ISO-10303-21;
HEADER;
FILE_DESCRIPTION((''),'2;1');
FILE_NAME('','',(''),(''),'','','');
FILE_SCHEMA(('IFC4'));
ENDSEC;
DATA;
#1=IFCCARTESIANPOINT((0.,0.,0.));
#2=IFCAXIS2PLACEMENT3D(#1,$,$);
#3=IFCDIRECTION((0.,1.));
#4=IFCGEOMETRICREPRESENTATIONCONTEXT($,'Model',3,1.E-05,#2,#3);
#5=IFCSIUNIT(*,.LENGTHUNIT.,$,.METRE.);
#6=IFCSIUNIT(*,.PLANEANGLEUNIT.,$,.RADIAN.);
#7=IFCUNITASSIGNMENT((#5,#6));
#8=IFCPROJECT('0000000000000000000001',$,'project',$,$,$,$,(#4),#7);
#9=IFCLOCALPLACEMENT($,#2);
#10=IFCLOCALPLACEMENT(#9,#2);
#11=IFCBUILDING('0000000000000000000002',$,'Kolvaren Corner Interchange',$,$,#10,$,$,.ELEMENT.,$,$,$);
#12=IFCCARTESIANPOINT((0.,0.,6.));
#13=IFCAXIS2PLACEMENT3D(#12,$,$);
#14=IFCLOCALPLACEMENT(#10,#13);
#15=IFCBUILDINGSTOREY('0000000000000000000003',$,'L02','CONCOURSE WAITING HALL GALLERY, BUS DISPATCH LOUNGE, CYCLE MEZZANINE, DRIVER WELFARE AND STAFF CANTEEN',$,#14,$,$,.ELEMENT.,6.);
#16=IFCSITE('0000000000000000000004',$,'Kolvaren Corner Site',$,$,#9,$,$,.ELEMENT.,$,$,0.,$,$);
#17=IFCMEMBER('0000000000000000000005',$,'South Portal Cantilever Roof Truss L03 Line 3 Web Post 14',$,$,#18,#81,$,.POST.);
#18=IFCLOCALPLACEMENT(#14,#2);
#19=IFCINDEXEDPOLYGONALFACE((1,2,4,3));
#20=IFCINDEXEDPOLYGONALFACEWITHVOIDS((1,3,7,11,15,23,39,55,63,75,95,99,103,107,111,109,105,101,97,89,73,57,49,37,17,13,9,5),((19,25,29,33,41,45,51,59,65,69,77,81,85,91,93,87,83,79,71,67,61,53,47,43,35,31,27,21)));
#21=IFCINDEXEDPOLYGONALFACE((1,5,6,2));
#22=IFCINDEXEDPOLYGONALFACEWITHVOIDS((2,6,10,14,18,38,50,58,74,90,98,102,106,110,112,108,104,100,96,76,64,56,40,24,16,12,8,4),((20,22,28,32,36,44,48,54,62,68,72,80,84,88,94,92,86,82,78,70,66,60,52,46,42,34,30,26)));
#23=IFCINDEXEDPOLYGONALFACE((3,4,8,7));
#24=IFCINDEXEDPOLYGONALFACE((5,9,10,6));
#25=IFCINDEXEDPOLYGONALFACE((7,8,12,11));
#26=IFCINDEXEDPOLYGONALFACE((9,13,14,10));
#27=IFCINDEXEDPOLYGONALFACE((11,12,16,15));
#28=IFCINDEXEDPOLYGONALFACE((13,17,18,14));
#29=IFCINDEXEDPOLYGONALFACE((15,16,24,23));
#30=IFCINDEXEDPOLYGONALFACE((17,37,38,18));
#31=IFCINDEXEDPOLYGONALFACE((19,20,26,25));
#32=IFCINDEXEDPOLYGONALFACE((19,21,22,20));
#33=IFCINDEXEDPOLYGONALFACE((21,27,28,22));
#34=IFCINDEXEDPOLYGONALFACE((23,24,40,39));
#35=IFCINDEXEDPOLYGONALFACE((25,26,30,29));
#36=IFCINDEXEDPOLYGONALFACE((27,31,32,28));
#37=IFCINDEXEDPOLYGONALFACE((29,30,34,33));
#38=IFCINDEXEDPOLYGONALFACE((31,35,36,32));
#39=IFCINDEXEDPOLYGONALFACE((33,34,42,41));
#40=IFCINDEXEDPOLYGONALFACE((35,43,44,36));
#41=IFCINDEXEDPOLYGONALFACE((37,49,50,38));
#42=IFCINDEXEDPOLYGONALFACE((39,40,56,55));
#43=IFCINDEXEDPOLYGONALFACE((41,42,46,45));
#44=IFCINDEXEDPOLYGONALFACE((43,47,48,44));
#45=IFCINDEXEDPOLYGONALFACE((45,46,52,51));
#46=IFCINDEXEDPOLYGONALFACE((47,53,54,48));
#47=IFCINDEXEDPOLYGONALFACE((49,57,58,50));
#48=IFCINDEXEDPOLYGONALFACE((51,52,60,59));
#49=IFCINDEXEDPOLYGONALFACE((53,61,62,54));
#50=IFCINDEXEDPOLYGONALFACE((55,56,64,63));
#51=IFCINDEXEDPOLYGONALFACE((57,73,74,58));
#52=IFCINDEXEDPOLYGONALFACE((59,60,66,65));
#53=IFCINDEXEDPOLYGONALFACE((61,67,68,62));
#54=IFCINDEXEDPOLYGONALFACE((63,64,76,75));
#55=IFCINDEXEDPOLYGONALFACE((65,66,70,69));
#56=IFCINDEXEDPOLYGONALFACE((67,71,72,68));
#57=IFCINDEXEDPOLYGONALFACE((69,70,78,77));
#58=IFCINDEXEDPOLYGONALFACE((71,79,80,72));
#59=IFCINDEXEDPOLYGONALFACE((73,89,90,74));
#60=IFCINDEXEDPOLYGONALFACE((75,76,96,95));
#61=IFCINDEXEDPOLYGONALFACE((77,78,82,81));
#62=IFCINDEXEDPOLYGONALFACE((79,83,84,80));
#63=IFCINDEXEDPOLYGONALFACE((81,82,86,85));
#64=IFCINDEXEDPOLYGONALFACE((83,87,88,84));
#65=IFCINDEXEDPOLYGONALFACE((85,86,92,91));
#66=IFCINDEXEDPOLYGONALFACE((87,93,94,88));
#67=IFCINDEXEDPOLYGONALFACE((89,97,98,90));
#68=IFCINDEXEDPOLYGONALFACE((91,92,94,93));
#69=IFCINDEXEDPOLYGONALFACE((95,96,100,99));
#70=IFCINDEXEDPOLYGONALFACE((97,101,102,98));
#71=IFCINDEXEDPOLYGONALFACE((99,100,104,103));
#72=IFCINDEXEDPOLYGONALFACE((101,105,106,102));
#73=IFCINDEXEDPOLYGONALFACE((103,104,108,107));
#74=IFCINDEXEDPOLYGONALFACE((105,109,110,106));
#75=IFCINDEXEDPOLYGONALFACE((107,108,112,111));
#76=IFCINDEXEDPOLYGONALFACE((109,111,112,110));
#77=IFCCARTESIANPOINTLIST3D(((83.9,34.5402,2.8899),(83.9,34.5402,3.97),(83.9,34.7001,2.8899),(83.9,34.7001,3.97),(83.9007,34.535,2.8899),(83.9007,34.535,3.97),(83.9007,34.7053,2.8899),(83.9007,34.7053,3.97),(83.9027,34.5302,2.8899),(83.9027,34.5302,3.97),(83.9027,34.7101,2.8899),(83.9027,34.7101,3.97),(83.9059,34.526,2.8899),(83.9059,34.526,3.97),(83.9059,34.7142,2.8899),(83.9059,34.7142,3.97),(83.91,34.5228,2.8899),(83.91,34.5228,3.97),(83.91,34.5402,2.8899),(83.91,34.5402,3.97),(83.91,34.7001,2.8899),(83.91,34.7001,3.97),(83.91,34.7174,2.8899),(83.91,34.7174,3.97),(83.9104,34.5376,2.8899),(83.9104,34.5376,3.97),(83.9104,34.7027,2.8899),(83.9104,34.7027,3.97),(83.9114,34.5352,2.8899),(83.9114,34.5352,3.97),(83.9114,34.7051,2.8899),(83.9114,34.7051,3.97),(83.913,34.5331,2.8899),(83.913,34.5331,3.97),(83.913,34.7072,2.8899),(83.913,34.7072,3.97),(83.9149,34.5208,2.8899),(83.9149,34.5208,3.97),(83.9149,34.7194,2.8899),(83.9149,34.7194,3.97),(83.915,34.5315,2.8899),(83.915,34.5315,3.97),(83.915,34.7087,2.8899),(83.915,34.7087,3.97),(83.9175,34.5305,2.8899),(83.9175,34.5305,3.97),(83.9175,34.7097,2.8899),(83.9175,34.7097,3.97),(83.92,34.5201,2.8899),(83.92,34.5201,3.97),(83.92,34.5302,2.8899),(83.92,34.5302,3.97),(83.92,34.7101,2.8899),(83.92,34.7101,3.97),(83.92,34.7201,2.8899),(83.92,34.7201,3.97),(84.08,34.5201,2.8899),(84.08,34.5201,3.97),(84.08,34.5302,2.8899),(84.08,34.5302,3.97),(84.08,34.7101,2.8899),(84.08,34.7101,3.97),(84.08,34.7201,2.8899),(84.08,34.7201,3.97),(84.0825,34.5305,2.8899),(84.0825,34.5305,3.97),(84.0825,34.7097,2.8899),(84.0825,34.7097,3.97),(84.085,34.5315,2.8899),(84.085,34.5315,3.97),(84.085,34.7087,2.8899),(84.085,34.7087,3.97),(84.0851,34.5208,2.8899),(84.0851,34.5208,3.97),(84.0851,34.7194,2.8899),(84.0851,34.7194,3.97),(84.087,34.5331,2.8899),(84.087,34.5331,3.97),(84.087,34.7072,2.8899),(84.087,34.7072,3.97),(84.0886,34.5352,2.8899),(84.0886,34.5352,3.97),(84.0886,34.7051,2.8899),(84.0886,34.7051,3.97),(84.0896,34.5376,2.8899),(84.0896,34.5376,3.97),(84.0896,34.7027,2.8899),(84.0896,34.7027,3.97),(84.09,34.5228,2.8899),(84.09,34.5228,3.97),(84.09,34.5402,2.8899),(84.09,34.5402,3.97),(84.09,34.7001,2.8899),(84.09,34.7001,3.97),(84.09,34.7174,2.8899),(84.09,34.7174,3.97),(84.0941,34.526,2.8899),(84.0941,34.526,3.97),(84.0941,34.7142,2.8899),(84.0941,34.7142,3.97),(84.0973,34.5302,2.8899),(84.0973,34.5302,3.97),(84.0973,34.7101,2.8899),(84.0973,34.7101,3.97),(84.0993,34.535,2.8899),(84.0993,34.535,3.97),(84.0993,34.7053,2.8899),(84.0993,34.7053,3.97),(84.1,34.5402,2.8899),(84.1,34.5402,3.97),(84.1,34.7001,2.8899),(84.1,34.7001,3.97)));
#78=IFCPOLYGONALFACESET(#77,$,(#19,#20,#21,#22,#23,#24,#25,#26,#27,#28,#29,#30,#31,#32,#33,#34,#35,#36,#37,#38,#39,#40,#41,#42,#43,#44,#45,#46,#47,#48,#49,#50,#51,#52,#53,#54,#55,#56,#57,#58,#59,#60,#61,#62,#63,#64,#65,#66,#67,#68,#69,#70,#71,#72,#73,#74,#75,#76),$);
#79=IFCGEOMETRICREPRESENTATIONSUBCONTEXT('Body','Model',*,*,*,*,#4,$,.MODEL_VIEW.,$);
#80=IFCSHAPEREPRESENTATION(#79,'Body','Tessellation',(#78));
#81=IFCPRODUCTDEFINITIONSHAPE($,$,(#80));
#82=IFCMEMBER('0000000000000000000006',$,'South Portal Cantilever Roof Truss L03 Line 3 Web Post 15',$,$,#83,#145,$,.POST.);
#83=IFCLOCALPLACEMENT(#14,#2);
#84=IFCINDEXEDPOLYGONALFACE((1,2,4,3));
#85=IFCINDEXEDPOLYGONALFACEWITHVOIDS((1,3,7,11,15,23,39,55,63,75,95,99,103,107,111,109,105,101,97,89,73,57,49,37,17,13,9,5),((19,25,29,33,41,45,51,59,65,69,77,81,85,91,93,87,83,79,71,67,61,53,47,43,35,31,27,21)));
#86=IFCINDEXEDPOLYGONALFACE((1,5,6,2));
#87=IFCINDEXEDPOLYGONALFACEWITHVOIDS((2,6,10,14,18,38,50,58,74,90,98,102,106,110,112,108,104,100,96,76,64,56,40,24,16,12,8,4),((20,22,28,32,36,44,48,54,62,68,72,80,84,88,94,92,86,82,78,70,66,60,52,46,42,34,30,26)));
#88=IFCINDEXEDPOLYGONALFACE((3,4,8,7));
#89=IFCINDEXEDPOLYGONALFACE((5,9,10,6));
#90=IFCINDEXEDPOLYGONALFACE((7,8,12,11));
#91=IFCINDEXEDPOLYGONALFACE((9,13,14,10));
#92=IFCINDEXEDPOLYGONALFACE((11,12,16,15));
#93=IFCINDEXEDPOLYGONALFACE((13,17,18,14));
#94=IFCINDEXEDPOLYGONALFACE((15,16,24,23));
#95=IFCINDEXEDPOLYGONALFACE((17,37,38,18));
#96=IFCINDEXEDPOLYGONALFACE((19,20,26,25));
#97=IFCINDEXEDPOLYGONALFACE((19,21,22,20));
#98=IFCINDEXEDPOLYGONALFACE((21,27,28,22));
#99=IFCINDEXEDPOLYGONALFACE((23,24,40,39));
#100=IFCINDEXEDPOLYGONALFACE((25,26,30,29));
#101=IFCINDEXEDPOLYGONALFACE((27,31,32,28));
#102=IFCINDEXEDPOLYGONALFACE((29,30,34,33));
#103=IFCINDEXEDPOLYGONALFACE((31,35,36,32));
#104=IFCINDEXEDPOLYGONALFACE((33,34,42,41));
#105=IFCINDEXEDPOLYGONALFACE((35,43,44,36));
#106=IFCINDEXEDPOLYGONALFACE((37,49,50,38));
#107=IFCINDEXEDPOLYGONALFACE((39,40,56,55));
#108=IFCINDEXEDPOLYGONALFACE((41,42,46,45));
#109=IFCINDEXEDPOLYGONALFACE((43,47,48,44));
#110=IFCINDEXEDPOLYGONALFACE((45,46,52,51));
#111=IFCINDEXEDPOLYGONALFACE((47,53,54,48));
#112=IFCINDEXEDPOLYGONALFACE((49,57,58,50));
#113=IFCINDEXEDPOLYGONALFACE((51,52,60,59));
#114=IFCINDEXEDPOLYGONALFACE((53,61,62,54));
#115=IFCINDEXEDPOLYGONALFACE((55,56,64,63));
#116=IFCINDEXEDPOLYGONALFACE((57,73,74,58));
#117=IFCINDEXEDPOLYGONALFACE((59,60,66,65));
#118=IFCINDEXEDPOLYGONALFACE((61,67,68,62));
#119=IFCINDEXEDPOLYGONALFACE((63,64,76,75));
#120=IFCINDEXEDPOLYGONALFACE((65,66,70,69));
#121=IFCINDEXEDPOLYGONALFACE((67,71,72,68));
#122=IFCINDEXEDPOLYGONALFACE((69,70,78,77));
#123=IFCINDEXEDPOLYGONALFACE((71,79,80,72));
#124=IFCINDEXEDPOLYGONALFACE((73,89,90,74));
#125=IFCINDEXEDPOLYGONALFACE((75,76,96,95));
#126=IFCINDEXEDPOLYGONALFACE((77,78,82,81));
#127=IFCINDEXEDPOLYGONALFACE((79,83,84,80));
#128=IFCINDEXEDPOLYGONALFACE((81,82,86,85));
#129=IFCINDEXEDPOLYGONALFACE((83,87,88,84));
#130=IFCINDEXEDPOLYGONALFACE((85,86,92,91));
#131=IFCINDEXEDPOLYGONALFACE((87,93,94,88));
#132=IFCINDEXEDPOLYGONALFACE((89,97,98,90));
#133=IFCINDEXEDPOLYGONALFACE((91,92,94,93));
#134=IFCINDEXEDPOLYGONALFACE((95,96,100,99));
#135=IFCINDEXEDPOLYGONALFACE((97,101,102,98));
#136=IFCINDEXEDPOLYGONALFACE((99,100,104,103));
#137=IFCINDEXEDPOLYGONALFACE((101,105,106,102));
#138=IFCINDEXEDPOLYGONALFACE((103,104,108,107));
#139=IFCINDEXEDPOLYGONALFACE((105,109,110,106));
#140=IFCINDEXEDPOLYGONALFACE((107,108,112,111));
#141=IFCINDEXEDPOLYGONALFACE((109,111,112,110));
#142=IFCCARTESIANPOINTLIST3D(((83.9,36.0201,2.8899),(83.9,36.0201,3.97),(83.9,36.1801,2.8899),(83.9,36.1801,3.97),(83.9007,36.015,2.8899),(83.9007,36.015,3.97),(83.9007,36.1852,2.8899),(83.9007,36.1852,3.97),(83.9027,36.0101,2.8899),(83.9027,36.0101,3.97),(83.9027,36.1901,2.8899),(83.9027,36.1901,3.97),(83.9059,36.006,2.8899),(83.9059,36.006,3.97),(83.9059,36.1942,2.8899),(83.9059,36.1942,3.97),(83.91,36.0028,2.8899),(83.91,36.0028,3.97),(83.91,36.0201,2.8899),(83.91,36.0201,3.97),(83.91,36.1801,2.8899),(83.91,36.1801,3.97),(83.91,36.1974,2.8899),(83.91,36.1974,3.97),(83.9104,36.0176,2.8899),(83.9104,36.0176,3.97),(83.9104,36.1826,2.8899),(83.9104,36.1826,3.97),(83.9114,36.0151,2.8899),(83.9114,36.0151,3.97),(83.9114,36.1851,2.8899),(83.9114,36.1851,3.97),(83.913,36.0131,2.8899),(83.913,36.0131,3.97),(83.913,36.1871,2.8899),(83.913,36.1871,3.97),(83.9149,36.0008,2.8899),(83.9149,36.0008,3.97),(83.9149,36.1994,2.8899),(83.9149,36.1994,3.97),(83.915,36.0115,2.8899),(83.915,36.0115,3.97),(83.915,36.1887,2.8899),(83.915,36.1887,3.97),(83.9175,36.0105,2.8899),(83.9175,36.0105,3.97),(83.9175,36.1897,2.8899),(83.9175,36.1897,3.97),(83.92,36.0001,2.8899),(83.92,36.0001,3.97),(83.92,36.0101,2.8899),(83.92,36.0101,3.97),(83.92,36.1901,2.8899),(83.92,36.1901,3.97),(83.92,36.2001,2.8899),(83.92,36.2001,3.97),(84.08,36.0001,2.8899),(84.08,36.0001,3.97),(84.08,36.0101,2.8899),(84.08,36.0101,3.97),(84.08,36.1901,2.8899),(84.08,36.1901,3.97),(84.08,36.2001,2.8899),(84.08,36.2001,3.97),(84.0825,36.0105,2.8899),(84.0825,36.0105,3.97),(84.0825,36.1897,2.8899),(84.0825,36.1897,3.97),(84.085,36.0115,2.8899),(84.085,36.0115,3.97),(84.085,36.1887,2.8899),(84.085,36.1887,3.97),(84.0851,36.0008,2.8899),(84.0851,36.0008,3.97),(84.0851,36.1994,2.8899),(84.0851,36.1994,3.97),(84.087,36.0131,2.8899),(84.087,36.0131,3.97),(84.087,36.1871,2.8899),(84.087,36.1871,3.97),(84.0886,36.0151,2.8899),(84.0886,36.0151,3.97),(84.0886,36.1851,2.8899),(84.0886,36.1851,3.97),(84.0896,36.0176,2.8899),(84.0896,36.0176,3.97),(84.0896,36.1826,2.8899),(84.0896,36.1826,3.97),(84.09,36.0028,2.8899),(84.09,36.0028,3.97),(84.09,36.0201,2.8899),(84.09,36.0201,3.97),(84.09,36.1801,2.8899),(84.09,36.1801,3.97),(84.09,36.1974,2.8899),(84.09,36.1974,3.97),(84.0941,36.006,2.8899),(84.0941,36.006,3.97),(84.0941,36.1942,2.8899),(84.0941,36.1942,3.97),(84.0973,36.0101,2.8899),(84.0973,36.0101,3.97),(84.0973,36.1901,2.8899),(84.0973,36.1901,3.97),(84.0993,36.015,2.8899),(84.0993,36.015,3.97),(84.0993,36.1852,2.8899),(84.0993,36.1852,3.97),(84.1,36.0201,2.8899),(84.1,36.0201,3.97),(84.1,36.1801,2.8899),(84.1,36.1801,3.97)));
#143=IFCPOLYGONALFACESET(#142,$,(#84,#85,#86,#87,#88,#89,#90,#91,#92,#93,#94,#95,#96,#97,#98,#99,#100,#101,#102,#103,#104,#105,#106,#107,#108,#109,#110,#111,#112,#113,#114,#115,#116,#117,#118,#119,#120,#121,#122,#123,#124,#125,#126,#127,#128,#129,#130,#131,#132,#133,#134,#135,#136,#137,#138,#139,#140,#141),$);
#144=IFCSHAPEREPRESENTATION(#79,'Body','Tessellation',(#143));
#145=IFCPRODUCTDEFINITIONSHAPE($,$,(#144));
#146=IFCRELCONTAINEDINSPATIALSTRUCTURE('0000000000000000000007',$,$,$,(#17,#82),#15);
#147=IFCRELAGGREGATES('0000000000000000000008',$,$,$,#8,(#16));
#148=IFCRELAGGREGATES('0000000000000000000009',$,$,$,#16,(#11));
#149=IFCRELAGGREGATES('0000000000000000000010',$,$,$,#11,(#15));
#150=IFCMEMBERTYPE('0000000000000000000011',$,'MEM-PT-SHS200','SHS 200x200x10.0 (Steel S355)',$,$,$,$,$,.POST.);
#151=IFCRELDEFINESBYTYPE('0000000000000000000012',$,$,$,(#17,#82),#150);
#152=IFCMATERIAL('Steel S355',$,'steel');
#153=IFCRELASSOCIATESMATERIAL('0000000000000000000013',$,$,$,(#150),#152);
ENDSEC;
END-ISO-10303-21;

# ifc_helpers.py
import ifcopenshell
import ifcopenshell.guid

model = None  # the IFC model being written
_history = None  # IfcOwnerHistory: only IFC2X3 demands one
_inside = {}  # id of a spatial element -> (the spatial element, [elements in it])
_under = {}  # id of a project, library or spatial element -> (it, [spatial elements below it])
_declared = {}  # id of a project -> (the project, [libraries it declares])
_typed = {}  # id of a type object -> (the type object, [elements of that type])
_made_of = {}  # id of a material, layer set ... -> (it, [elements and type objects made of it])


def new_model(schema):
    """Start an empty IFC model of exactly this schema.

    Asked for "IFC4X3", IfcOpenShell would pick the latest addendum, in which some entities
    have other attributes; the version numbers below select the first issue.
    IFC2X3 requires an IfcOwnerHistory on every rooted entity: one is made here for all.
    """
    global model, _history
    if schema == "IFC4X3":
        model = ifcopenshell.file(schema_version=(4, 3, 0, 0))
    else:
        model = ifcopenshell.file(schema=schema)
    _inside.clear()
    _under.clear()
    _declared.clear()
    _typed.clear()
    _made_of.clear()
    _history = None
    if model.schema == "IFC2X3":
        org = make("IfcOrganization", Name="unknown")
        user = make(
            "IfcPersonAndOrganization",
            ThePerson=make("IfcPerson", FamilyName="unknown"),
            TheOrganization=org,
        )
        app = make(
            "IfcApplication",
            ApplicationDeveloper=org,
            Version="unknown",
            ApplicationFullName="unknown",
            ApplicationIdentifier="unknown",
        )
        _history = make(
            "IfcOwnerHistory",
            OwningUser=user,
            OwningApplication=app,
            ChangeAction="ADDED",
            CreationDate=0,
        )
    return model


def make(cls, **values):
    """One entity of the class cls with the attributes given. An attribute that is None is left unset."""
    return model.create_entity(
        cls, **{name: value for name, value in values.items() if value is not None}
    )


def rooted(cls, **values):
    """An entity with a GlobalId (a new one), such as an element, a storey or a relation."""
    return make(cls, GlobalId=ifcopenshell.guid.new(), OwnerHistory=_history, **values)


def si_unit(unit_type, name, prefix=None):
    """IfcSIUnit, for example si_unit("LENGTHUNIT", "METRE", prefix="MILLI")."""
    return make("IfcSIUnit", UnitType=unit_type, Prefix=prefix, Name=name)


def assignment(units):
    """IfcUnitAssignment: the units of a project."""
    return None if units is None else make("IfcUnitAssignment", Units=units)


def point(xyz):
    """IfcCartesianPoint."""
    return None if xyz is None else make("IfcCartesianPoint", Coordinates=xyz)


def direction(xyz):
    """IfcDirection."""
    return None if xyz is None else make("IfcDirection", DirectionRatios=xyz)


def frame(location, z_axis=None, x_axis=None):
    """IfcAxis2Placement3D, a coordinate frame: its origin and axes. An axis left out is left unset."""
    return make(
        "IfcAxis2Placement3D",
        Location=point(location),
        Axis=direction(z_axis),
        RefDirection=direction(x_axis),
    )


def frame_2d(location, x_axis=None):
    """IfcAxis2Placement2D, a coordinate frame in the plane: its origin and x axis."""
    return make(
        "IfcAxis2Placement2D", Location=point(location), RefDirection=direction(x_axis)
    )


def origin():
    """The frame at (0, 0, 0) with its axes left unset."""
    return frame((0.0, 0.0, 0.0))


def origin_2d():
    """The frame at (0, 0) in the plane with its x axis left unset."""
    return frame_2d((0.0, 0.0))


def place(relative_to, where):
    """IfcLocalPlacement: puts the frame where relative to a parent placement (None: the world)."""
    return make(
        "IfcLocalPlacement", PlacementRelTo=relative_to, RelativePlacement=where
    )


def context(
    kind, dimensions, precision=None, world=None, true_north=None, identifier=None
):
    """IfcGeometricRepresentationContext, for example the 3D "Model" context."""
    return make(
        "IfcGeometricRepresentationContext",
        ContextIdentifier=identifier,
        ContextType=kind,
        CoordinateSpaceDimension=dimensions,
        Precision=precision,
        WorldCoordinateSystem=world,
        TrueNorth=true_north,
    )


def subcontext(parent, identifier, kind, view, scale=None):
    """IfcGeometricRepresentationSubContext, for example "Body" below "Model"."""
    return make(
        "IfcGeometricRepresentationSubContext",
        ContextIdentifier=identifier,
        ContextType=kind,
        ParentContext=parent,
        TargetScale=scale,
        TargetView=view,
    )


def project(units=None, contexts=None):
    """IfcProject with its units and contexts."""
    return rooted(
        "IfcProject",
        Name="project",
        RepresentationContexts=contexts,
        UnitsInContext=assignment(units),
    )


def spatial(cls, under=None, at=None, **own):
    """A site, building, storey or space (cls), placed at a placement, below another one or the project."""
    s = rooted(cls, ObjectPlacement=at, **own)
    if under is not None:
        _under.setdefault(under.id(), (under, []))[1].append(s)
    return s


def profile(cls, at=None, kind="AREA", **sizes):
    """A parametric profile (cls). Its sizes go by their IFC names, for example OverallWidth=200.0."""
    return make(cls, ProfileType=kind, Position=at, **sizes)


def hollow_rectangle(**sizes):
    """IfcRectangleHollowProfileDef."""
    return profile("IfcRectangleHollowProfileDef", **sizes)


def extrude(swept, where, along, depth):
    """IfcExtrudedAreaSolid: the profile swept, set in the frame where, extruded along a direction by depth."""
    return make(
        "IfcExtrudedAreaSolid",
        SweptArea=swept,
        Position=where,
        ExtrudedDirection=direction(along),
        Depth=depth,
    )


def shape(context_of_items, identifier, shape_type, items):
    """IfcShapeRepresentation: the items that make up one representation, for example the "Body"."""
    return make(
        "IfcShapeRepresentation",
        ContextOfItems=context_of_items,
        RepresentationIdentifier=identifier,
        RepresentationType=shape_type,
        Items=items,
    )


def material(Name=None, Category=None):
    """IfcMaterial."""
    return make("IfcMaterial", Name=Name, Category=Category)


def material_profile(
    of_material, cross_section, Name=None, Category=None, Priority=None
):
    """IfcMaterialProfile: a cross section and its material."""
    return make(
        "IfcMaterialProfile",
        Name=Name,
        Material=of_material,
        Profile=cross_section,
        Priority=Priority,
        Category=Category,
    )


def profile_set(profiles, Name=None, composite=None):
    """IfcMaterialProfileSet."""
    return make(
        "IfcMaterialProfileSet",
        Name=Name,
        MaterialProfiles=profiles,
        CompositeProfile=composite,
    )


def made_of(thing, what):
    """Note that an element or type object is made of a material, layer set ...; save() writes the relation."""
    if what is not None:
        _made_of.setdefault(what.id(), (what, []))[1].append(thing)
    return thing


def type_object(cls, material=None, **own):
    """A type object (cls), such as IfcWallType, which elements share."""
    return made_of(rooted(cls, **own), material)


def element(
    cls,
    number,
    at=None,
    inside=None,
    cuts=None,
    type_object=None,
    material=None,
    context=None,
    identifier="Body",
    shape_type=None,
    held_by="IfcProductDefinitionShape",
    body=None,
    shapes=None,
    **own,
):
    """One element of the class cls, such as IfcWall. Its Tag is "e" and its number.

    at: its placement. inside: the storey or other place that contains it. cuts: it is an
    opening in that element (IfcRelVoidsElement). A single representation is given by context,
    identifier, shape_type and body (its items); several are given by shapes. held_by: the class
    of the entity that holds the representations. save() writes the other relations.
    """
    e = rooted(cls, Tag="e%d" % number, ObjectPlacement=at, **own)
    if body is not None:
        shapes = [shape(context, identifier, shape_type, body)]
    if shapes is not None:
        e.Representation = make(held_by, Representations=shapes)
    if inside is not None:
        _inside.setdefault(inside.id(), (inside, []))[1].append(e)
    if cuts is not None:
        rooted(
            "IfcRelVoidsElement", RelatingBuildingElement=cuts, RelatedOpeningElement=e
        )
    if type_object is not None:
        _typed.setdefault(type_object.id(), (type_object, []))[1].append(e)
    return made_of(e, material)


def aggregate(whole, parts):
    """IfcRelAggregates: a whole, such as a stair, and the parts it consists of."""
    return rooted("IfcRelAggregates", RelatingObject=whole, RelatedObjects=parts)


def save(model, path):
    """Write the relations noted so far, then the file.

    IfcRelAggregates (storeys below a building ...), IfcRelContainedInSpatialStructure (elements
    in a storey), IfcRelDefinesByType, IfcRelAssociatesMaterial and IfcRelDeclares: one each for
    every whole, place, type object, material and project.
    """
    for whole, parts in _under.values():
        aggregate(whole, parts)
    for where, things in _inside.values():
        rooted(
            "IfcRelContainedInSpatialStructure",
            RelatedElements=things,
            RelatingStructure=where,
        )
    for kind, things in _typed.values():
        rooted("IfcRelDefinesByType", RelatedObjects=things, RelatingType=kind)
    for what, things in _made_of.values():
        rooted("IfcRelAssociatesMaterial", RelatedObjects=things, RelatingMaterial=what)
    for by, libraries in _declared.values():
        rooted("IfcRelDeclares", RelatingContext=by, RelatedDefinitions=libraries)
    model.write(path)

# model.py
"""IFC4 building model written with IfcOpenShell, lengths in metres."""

from ifc_helpers import new_model, si_unit, direction, frame, origin, origin_2d, place, context, subcontext, project, spatial, hollow_rectangle, extrude, material, material_profile, profile_set, type_object, element, save


model = new_model("IFC4")

# Units and contexts
model_context = context("Model", 3, precision=1e-05, world=origin(), true_north=direction((0.0, 1.0)))
body_context = subcontext(model_context, "Body", "Model", "MODEL_VIEW")
ifc_project = project(units=[si_unit("LENGTHUNIT", "METRE"), si_unit("PLANEANGLEUNIT", "RADIAN")], contexts=[model_context])

# Site, building, storey
site_placement = place(None, origin())
site = spatial("IfcSite", under=ifc_project, at=site_placement, Name="Kolvaren Corner Site", CompositionType="ELEMENT", RefElevation=0.0)
building_placement = place(site_placement, origin())
building = spatial("IfcBuilding", under=site, at=building_placement, Name="Kolvaren Corner Interchange", CompositionType="ELEMENT")
storey_placement = place(building_placement, frame((0.0, 0.0, 6.0)))
storey = spatial("IfcBuildingStorey", under=building, at=storey_placement, Name="L02", Description="CONCOURSE WAITING HALL GALLERY, BUS DISPATCH LOUNGE, CYCLE MEZZANINE, DRIVER WELFARE AND STAFF CANTEEN", CompositionType="ELEMENT", Elevation=6.0)

# Members
ifc_material_1 = material(Name="Steel S355", Category="steel")
ifc_material_profile_1 = material_profile(ifc_material_1, hollow_rectangle(XDim=0.2, YDim=0.2, WallThickness=0.01, InnerFilletRadius=0.01, OuterFilletRadius=0.02, at=origin_2d()), Name="SHS 200x200x10.0")
ifc_profile_set_1 = profile_set([ifc_material_profile_1], Name="Steel S355")
member_type_1 = type_object("IfcMemberType", Name="MEM-PT-SHS200", Description="SHS 200x200x10.0 (Steel S355)", PredefinedType="POST", material=ifc_profile_set_1)
for number, where, z_axis, x_axis, name in (
    (1, (84.0, 34.6201, 2.8899), (0.0, 0.0, 1.0), (1.0, 0.0, 0.0), "South Portal Cantilever Roof Truss L03 Line 3 Web Post 14"),
    (2, (84.0, 36.1001, 2.8899), (0.0, 0.0, 1.0), (1.0, 0.0, 0.0), "South Portal Cantilever Roof Truss L03 Line 3 Web Post 15"),
):
    element("IfcMember", number, at=place(storey_placement, frame(where, z_axis=z_axis, x_axis=x_axis)), inside=storey, type_object=member_type_1, Name=name, PredefinedType="POST", context=body_context, shape_type="SweptSolid", body=[
        extrude(hollow_rectangle(XDim=0.2, YDim=0.2, WallThickness=0.01, InnerFilletRadius=0.01, OuterFilletRadius=0.02, at=origin_2d()), origin(), (0.0, 0.0, 1.0), 1.0801),
    ])

save(model, "model.ifc")
